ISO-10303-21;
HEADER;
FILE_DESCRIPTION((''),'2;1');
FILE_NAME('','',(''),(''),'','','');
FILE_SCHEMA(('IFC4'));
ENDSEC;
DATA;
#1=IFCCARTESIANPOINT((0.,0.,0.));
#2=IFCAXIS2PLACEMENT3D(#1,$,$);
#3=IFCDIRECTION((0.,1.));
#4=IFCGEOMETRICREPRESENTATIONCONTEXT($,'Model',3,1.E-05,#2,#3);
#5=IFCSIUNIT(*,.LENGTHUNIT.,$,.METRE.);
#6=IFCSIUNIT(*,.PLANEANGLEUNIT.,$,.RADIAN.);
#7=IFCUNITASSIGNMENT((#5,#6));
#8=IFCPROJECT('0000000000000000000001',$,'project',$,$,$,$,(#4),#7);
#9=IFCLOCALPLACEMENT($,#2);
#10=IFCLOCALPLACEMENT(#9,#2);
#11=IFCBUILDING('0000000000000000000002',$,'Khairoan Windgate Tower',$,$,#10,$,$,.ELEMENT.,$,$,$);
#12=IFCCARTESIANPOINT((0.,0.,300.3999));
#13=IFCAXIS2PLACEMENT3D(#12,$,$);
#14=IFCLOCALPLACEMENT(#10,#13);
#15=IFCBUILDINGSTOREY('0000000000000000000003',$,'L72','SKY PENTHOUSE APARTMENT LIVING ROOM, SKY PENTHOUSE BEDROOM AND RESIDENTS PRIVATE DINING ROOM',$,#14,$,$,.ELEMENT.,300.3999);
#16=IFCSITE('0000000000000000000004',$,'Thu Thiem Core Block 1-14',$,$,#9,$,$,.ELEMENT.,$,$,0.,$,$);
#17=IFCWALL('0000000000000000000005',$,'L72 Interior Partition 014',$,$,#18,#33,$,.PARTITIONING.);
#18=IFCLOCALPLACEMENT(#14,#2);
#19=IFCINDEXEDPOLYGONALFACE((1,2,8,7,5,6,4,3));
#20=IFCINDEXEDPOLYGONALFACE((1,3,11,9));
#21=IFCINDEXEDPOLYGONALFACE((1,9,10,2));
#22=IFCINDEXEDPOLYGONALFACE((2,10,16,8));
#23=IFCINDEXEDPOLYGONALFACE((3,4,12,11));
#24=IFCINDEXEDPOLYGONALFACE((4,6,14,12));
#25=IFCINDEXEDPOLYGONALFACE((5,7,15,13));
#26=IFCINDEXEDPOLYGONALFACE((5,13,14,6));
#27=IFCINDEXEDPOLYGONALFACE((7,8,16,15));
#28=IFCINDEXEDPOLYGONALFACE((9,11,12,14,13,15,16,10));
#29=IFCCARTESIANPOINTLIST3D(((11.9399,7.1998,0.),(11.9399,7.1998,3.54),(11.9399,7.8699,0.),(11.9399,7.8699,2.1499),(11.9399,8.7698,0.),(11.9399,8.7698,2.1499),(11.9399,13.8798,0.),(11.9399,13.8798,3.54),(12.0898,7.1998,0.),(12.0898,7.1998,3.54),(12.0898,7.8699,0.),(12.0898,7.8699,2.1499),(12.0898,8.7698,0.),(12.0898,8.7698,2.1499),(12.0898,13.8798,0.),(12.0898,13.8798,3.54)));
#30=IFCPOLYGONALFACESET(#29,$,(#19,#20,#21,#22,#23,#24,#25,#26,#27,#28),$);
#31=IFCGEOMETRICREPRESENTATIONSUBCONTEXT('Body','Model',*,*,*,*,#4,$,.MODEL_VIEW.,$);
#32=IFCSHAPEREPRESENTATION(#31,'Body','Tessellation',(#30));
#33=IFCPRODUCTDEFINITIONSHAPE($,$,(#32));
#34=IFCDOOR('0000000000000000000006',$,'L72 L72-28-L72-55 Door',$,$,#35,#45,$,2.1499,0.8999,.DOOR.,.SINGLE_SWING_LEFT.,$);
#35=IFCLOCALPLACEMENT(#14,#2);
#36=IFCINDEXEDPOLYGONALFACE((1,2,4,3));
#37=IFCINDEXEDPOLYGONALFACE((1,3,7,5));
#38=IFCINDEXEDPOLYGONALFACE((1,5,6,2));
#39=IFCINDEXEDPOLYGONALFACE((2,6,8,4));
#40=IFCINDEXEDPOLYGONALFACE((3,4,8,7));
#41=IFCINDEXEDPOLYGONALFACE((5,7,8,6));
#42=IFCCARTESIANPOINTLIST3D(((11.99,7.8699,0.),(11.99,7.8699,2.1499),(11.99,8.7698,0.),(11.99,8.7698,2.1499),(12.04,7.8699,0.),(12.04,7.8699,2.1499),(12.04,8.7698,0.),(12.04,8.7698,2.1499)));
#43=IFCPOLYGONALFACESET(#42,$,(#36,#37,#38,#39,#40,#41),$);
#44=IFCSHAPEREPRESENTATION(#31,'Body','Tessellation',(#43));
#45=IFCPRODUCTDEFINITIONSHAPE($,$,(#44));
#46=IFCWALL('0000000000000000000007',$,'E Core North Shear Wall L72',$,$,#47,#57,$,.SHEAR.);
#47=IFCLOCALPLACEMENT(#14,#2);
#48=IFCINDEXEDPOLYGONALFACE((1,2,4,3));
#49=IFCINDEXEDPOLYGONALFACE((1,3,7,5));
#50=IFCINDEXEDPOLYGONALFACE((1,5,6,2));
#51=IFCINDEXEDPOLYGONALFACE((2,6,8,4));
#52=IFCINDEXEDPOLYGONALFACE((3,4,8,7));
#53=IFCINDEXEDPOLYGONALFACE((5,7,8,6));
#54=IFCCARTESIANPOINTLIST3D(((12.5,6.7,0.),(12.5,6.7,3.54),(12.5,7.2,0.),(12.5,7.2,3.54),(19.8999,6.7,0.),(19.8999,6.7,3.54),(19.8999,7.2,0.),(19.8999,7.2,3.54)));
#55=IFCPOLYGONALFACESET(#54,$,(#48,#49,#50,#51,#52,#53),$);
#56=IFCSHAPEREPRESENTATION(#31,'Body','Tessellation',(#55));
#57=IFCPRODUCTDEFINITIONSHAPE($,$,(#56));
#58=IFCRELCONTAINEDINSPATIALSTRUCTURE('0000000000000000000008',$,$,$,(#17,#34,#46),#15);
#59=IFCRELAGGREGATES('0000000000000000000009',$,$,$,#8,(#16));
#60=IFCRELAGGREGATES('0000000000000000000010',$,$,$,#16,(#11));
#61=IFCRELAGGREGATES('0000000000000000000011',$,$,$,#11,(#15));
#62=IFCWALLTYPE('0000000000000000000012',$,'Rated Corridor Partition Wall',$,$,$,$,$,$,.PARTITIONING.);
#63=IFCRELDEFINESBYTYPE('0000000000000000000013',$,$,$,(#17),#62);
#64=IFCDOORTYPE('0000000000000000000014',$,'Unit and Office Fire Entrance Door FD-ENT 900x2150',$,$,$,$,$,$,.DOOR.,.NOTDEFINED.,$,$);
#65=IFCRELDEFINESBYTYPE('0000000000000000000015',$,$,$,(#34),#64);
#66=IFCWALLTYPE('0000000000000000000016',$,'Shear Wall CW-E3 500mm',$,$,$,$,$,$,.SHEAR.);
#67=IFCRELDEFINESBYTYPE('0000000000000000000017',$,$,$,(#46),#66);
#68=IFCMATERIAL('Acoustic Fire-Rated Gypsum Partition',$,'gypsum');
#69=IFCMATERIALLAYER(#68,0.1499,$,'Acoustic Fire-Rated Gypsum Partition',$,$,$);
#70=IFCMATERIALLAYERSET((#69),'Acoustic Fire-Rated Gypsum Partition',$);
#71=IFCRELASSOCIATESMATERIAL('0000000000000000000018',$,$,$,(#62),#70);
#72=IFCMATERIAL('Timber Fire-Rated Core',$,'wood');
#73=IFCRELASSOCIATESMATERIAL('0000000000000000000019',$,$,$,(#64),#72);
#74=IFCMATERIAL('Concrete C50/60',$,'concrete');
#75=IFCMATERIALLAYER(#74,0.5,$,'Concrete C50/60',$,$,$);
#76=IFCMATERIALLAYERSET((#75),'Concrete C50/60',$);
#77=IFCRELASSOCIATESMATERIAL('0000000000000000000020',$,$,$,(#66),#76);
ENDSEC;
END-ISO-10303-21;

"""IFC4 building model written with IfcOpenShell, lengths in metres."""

from ifc_helpers import new_model, si_unit, direction, frame, frame_2d, origin, place, context, subcontext, project, spatial, rectangle, extrude, material, layer, layer_set, type_object, element, fill, save


model = new_model("IFC4")

# Units and contexts
model_context = context("Model", 3, precision=1e-05, world=origin(), true_north=direction((0.0, 1.0)))
body_context = subcontext(model_context, "Body", "Model", "MODEL_VIEW")
ifc_project = project(units=[si_unit("LENGTHUNIT", "METRE"), si_unit("PLANEANGLEUNIT", "RADIAN")], contexts=[model_context])

# Site, building, storey
site_placement = place(None, origin())
site = spatial("IfcSite", under=ifc_project, at=site_placement, Name="Thu Thiem Core Block 1-14", CompositionType="ELEMENT", RefElevation=0.0)
building_placement = place(site_placement, origin())
building = spatial("IfcBuilding", under=site, at=building_placement, Name="Khairoan Windgate Tower", CompositionType="ELEMENT")
storey_placement = place(building_placement, frame((0.0, 0.0, 300.3999)))
storey = spatial("IfcBuildingStorey", under=building, at=storey_placement, Name="L72", Description="SKY PENTHOUSE APARTMENT LIVING ROOM, SKY PENTHOUSE BEDROOM AND RESIDENTS PRIVATE DINING ROOM", CompositionType="ELEMENT", Elevation=300.3999)

# Wall, opening, door
ifc_material_1 = material(Name="Acoustic Fire-Rated Gypsum Partition", Category="gypsum")
ifc_layer_1 = layer(ifc_material_1, 0.1499, Name="Acoustic Fire-Rated Gypsum Partition")
ifc_layer_set_1 = layer_set([ifc_layer_1], Name="Acoustic Fire-Rated Gypsum Partition")
wall_type_1 = type_object("IfcWallType", Name="Rated Corridor Partition Wall", PredefinedType="PARTITIONING", material=ifc_layer_set_1)
wall_1_placement = place(storey_placement, frame((12.0149, 7.2, 0.0), z_axis=(0.0, 0.0, 1.0), x_axis=(0.0, 1.0, 0.0)))
wall_1 = element("IfcWall", 1, at=wall_1_placement, inside=storey, type_object=wall_type_1, Name="L72 Interior Partition 014", PredefinedType="PARTITIONING", context=body_context, shape_type="SweptSolid", body=[
    extrude(rectangle(XDim=6.6799, YDim=0.1499, at=frame_2d((3.3398, 0.0))), origin(), (0.0, 0.0, 1.0), 3.54),
])
opening_placement = place(wall_1_placement, frame((0.6699, 0.0, 0.0)))
opening = element("IfcOpeningElement", 2, at=opening_placement, cuts=wall_1, PredefinedType="OPENING", context=body_context, shape_type="SweptSolid", body=[
    extrude(rectangle(XDim=0.8999, YDim=2.1499, at=frame_2d((0.45, 1.075))), frame((0.0, 0.085, 0.0), z_axis=(0.0, -1.0, 0.0), x_axis=(1.0, 0.0, 0.0)), (0.0, 0.0, 1.0), 0.1699),
])
ifc_material_2 = material(Name="Timber Fire-Rated Core", Category="wood")
door_type = type_object("IfcDoorType", Name="Unit and Office Fire Entrance Door FD-ENT 900x2150", OperationType="NOTDEFINED", PredefinedType="DOOR", material=ifc_material_2)
door_placement = place(opening_placement, origin())
door = element("IfcDoor", 3, at=door_placement, inside=storey, type_object=door_type, Name="L72 L72-28-L72-55 Door", OperationType="SINGLE_SWING_LEFT", OverallHeight=2.1499, OverallWidth=0.8999, PredefinedType="DOOR", context=body_context, shape_type="SweptSolid", body=[
    extrude(rectangle(XDim=0.8999, YDim=2.1499, at=frame_2d((0.45, 1.075))), frame((0.0, 0.0249, 0.0), z_axis=(0.0, -1.0, 0.0), x_axis=(1.0, 0.0, 0.0)), (0.0, 0.0, 1.0), 0.05),
])
fill(opening, door)

# Wall
ifc_material_3 = material(Name="Concrete C50/60", Category="concrete")
ifc_layer_2 = layer(ifc_material_3, 0.5, Name="Concrete C50/60")
ifc_layer_set_2 = layer_set([ifc_layer_2], Name="Concrete C50/60")
wall_type_2 = type_object("IfcWallType", Name="Shear Wall CW-E3 500mm", PredefinedType="SHEAR", material=ifc_layer_set_2)
wall_2_placement = place(storey_placement, frame((12.5, 6.95, 0.0), z_axis=(0.0, 0.0, 1.0), x_axis=(1.0, 0.0, 0.0)))
element("IfcWall", 4, at=wall_2_placement, inside=storey, type_object=wall_type_2, Name="E Core North Shear Wall L72", PredefinedType="SHEAR", context=body_context, shape_type="SweptSolid", body=[
    extrude(rectangle(XDim=7.3999, YDim=0.5, at=frame_2d((3.7, 0.0))), origin(), (0.0, 0.0, 1.0), 3.54),
])

save(model, "model.ifc")
